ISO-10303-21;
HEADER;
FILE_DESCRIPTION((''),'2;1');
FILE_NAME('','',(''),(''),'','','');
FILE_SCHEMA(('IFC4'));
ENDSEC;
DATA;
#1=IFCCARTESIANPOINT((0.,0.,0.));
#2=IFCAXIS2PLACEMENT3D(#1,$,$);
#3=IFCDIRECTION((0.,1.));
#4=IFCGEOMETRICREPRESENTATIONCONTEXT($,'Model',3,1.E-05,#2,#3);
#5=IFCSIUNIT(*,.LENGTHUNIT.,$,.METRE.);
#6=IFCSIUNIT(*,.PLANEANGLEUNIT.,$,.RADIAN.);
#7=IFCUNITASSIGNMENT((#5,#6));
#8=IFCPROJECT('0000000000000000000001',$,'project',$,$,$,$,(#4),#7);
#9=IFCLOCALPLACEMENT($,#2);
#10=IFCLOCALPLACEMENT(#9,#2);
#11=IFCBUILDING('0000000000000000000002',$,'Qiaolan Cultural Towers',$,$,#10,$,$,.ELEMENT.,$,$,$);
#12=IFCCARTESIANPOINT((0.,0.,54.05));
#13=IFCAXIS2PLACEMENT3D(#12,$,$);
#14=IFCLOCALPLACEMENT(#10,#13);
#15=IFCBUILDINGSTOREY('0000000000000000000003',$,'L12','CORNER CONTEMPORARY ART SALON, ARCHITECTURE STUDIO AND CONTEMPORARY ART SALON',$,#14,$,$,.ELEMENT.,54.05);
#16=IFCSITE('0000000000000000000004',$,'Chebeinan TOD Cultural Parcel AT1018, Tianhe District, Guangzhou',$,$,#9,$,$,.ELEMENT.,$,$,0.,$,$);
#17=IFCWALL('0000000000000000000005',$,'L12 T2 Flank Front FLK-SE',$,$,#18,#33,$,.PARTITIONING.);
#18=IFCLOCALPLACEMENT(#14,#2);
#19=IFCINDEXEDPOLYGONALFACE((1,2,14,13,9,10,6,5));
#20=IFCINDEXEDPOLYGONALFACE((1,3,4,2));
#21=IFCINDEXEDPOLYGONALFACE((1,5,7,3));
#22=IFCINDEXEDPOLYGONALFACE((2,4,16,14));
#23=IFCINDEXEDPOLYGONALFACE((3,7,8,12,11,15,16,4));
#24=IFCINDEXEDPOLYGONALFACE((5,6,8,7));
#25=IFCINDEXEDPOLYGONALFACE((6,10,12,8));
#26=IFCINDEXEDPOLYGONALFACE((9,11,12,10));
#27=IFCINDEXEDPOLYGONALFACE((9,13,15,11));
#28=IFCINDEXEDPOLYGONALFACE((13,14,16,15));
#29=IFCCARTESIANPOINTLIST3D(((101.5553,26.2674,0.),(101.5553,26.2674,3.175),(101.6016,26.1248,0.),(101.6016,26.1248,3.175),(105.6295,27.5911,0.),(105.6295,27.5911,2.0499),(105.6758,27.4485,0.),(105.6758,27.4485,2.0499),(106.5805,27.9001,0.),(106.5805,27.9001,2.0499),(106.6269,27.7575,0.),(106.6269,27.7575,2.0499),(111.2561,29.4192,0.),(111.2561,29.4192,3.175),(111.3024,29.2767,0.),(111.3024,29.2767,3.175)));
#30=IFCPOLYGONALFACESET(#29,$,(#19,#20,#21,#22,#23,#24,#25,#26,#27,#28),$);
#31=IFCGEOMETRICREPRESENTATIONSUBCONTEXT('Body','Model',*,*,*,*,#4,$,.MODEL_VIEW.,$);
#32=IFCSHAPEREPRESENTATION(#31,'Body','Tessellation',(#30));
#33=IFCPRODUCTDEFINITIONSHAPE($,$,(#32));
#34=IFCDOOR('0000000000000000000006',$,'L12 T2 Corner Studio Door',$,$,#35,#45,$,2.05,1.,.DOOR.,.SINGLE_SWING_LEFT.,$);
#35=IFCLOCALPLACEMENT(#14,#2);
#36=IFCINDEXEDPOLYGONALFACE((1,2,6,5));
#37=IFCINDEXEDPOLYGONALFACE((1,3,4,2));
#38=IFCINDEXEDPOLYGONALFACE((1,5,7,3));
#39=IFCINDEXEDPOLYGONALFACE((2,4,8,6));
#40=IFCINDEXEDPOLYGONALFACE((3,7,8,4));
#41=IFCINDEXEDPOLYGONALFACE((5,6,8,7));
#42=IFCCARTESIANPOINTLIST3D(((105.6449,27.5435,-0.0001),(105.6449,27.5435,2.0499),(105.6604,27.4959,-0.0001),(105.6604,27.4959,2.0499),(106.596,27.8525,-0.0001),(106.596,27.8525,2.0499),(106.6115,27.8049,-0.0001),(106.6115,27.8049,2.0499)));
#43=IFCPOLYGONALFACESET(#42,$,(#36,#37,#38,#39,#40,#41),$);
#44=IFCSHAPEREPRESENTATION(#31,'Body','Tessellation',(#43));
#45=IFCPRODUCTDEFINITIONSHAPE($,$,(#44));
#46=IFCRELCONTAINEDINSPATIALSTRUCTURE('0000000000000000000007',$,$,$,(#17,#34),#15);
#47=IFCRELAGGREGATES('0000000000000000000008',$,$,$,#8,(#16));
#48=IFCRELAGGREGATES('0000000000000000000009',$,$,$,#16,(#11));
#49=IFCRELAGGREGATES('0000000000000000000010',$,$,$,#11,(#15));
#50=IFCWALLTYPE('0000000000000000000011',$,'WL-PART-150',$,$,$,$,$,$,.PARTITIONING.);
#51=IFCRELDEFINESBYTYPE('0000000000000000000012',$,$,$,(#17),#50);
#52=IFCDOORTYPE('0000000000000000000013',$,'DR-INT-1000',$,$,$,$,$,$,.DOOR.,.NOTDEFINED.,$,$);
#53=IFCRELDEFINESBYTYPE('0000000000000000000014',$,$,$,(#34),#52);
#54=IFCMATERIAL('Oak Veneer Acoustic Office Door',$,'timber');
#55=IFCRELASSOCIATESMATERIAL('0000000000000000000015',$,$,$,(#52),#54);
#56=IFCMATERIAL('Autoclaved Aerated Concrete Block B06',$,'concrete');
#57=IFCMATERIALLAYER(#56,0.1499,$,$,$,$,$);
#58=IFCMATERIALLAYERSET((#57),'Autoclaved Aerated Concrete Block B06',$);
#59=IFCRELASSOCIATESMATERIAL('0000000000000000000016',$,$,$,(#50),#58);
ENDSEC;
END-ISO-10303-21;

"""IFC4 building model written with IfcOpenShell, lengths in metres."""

from ifc_helpers import new_model, si_unit, direction, frame, frame_2d, origin, place, context, subcontext, project, spatial, rectangle, extrude, material, layer, layer_set, type_object, element, fill, save


model = new_model("IFC4")

# Units and contexts
model_context = context("Model", 3, precision=1e-05, world=origin(), true_north=direction((0.0, 1.0)))
body_context = subcontext(model_context, "Body", "Model", "MODEL_VIEW")
ifc_project = project(units=[si_unit("LENGTHUNIT", "METRE"), si_unit("PLANEANGLEUNIT", "RADIAN")], contexts=[model_context])

# Site, building, storey
site_placement = place(None, origin())
site = spatial("IfcSite", under=ifc_project, at=site_placement, Name="Chebeinan TOD Cultural Parcel AT1018, Tianhe District, Guangzhou", CompositionType="ELEMENT", RefElevation=0.0)
building_placement = place(site_placement, origin())
building = spatial("IfcBuilding", under=site, at=building_placement, Name="Qiaolan Cultural Towers", CompositionType="ELEMENT")
storey_placement = place(building_placement, frame((0.0, 0.0, 54.05)))
storey = spatial("IfcBuildingStorey", under=building, at=storey_placement, Name="L12", Description="CORNER CONTEMPORARY ART SALON, ARCHITECTURE STUDIO AND CONTEMPORARY ART SALON", CompositionType="ELEMENT", Elevation=54.05)

# Shared definitions
ifc_material_1 = material(Name="Oak Veneer Acoustic Office Door", Category="timber")
door_type_1 = type_object("IfcDoorType", Name="DR-INT-1000", OperationType="NOTDEFINED", PredefinedType="DOOR", material=ifc_material_1)

# Wall, opening, door
ifc_material_2 = material(Name="Autoclaved Aerated Concrete Block B06", Category="concrete")
ifc_layer_1 = layer(ifc_material_2, 0.1499)
ifc_layer_set_1 = layer_set([ifc_layer_1], Name="Autoclaved Aerated Concrete Block B06")
wall_type_1 = type_object("IfcWallType", Name="WL-PART-150", PredefinedType="PARTITIONING", material=ifc_layer_set_1)
wall_1_placement = place(storey_placement, frame((101.5784, 26.196, 0.0), z_axis=(0.0, 0.0, 1.0), x_axis=(0.951059, 0.309009, 0.0)))
wall_1 = element("IfcWall", 1, at=wall_1_placement, inside=storey, type_object=wall_type_1, Name="L12 T2 Flank Front FLK-SE", PredefinedType="PARTITIONING", context=body_context, shape_type="SweptSolid", body=[
    extrude(rectangle(XDim=10.2, YDim=0.1499, at=frame_2d((5.1001, 0.0))), origin(), (0.0, 0.0, 1.0), 3.175),
])
opening_1_placement = place(wall_1_placement, frame((4.2839, 0.0, 0.0)))
opening_1 = element("IfcOpeningElement", 2, at=opening_1_placement, cuts=wall_1, PredefinedType="OPENING", context=body_context, shape_type="SweptSolid", body=[
    extrude(rectangle(XDim=1.0, YDim=2.05, at=frame_2d((0.5, 1.0249))), frame((0.0, 0.085, 0.0), z_axis=(0.0, -1.0, 0.0), x_axis=(1.0, 0.0, 0.0)), (0.0, 0.0, 1.0), 0.1699),
])
door_1_placement = place(opening_1_placement, origin())
door_1 = element("IfcDoor", 3, at=door_1_placement, inside=storey, type_object=door_type_1, Name="L12 T2 Corner Studio Door", OperationType="SINGLE_SWING_LEFT", OverallHeight=2.05, OverallWidth=1.0, PredefinedType="DOOR", context=body_context, shape_type="SweptSolid", body=[
    extrude(rectangle(XDim=1.0, YDim=2.05, at=frame_2d((0.5, 1.0249))), frame((0.0, 0.0249, 0.0), z_axis=(0.0, -1.0, 0.0), x_axis=(1.0, 0.0, 0.0)), (0.0, 0.0, 1.0), 0.05),
])
fill(opening_1, door_1)

save(model, "model.ifc")
